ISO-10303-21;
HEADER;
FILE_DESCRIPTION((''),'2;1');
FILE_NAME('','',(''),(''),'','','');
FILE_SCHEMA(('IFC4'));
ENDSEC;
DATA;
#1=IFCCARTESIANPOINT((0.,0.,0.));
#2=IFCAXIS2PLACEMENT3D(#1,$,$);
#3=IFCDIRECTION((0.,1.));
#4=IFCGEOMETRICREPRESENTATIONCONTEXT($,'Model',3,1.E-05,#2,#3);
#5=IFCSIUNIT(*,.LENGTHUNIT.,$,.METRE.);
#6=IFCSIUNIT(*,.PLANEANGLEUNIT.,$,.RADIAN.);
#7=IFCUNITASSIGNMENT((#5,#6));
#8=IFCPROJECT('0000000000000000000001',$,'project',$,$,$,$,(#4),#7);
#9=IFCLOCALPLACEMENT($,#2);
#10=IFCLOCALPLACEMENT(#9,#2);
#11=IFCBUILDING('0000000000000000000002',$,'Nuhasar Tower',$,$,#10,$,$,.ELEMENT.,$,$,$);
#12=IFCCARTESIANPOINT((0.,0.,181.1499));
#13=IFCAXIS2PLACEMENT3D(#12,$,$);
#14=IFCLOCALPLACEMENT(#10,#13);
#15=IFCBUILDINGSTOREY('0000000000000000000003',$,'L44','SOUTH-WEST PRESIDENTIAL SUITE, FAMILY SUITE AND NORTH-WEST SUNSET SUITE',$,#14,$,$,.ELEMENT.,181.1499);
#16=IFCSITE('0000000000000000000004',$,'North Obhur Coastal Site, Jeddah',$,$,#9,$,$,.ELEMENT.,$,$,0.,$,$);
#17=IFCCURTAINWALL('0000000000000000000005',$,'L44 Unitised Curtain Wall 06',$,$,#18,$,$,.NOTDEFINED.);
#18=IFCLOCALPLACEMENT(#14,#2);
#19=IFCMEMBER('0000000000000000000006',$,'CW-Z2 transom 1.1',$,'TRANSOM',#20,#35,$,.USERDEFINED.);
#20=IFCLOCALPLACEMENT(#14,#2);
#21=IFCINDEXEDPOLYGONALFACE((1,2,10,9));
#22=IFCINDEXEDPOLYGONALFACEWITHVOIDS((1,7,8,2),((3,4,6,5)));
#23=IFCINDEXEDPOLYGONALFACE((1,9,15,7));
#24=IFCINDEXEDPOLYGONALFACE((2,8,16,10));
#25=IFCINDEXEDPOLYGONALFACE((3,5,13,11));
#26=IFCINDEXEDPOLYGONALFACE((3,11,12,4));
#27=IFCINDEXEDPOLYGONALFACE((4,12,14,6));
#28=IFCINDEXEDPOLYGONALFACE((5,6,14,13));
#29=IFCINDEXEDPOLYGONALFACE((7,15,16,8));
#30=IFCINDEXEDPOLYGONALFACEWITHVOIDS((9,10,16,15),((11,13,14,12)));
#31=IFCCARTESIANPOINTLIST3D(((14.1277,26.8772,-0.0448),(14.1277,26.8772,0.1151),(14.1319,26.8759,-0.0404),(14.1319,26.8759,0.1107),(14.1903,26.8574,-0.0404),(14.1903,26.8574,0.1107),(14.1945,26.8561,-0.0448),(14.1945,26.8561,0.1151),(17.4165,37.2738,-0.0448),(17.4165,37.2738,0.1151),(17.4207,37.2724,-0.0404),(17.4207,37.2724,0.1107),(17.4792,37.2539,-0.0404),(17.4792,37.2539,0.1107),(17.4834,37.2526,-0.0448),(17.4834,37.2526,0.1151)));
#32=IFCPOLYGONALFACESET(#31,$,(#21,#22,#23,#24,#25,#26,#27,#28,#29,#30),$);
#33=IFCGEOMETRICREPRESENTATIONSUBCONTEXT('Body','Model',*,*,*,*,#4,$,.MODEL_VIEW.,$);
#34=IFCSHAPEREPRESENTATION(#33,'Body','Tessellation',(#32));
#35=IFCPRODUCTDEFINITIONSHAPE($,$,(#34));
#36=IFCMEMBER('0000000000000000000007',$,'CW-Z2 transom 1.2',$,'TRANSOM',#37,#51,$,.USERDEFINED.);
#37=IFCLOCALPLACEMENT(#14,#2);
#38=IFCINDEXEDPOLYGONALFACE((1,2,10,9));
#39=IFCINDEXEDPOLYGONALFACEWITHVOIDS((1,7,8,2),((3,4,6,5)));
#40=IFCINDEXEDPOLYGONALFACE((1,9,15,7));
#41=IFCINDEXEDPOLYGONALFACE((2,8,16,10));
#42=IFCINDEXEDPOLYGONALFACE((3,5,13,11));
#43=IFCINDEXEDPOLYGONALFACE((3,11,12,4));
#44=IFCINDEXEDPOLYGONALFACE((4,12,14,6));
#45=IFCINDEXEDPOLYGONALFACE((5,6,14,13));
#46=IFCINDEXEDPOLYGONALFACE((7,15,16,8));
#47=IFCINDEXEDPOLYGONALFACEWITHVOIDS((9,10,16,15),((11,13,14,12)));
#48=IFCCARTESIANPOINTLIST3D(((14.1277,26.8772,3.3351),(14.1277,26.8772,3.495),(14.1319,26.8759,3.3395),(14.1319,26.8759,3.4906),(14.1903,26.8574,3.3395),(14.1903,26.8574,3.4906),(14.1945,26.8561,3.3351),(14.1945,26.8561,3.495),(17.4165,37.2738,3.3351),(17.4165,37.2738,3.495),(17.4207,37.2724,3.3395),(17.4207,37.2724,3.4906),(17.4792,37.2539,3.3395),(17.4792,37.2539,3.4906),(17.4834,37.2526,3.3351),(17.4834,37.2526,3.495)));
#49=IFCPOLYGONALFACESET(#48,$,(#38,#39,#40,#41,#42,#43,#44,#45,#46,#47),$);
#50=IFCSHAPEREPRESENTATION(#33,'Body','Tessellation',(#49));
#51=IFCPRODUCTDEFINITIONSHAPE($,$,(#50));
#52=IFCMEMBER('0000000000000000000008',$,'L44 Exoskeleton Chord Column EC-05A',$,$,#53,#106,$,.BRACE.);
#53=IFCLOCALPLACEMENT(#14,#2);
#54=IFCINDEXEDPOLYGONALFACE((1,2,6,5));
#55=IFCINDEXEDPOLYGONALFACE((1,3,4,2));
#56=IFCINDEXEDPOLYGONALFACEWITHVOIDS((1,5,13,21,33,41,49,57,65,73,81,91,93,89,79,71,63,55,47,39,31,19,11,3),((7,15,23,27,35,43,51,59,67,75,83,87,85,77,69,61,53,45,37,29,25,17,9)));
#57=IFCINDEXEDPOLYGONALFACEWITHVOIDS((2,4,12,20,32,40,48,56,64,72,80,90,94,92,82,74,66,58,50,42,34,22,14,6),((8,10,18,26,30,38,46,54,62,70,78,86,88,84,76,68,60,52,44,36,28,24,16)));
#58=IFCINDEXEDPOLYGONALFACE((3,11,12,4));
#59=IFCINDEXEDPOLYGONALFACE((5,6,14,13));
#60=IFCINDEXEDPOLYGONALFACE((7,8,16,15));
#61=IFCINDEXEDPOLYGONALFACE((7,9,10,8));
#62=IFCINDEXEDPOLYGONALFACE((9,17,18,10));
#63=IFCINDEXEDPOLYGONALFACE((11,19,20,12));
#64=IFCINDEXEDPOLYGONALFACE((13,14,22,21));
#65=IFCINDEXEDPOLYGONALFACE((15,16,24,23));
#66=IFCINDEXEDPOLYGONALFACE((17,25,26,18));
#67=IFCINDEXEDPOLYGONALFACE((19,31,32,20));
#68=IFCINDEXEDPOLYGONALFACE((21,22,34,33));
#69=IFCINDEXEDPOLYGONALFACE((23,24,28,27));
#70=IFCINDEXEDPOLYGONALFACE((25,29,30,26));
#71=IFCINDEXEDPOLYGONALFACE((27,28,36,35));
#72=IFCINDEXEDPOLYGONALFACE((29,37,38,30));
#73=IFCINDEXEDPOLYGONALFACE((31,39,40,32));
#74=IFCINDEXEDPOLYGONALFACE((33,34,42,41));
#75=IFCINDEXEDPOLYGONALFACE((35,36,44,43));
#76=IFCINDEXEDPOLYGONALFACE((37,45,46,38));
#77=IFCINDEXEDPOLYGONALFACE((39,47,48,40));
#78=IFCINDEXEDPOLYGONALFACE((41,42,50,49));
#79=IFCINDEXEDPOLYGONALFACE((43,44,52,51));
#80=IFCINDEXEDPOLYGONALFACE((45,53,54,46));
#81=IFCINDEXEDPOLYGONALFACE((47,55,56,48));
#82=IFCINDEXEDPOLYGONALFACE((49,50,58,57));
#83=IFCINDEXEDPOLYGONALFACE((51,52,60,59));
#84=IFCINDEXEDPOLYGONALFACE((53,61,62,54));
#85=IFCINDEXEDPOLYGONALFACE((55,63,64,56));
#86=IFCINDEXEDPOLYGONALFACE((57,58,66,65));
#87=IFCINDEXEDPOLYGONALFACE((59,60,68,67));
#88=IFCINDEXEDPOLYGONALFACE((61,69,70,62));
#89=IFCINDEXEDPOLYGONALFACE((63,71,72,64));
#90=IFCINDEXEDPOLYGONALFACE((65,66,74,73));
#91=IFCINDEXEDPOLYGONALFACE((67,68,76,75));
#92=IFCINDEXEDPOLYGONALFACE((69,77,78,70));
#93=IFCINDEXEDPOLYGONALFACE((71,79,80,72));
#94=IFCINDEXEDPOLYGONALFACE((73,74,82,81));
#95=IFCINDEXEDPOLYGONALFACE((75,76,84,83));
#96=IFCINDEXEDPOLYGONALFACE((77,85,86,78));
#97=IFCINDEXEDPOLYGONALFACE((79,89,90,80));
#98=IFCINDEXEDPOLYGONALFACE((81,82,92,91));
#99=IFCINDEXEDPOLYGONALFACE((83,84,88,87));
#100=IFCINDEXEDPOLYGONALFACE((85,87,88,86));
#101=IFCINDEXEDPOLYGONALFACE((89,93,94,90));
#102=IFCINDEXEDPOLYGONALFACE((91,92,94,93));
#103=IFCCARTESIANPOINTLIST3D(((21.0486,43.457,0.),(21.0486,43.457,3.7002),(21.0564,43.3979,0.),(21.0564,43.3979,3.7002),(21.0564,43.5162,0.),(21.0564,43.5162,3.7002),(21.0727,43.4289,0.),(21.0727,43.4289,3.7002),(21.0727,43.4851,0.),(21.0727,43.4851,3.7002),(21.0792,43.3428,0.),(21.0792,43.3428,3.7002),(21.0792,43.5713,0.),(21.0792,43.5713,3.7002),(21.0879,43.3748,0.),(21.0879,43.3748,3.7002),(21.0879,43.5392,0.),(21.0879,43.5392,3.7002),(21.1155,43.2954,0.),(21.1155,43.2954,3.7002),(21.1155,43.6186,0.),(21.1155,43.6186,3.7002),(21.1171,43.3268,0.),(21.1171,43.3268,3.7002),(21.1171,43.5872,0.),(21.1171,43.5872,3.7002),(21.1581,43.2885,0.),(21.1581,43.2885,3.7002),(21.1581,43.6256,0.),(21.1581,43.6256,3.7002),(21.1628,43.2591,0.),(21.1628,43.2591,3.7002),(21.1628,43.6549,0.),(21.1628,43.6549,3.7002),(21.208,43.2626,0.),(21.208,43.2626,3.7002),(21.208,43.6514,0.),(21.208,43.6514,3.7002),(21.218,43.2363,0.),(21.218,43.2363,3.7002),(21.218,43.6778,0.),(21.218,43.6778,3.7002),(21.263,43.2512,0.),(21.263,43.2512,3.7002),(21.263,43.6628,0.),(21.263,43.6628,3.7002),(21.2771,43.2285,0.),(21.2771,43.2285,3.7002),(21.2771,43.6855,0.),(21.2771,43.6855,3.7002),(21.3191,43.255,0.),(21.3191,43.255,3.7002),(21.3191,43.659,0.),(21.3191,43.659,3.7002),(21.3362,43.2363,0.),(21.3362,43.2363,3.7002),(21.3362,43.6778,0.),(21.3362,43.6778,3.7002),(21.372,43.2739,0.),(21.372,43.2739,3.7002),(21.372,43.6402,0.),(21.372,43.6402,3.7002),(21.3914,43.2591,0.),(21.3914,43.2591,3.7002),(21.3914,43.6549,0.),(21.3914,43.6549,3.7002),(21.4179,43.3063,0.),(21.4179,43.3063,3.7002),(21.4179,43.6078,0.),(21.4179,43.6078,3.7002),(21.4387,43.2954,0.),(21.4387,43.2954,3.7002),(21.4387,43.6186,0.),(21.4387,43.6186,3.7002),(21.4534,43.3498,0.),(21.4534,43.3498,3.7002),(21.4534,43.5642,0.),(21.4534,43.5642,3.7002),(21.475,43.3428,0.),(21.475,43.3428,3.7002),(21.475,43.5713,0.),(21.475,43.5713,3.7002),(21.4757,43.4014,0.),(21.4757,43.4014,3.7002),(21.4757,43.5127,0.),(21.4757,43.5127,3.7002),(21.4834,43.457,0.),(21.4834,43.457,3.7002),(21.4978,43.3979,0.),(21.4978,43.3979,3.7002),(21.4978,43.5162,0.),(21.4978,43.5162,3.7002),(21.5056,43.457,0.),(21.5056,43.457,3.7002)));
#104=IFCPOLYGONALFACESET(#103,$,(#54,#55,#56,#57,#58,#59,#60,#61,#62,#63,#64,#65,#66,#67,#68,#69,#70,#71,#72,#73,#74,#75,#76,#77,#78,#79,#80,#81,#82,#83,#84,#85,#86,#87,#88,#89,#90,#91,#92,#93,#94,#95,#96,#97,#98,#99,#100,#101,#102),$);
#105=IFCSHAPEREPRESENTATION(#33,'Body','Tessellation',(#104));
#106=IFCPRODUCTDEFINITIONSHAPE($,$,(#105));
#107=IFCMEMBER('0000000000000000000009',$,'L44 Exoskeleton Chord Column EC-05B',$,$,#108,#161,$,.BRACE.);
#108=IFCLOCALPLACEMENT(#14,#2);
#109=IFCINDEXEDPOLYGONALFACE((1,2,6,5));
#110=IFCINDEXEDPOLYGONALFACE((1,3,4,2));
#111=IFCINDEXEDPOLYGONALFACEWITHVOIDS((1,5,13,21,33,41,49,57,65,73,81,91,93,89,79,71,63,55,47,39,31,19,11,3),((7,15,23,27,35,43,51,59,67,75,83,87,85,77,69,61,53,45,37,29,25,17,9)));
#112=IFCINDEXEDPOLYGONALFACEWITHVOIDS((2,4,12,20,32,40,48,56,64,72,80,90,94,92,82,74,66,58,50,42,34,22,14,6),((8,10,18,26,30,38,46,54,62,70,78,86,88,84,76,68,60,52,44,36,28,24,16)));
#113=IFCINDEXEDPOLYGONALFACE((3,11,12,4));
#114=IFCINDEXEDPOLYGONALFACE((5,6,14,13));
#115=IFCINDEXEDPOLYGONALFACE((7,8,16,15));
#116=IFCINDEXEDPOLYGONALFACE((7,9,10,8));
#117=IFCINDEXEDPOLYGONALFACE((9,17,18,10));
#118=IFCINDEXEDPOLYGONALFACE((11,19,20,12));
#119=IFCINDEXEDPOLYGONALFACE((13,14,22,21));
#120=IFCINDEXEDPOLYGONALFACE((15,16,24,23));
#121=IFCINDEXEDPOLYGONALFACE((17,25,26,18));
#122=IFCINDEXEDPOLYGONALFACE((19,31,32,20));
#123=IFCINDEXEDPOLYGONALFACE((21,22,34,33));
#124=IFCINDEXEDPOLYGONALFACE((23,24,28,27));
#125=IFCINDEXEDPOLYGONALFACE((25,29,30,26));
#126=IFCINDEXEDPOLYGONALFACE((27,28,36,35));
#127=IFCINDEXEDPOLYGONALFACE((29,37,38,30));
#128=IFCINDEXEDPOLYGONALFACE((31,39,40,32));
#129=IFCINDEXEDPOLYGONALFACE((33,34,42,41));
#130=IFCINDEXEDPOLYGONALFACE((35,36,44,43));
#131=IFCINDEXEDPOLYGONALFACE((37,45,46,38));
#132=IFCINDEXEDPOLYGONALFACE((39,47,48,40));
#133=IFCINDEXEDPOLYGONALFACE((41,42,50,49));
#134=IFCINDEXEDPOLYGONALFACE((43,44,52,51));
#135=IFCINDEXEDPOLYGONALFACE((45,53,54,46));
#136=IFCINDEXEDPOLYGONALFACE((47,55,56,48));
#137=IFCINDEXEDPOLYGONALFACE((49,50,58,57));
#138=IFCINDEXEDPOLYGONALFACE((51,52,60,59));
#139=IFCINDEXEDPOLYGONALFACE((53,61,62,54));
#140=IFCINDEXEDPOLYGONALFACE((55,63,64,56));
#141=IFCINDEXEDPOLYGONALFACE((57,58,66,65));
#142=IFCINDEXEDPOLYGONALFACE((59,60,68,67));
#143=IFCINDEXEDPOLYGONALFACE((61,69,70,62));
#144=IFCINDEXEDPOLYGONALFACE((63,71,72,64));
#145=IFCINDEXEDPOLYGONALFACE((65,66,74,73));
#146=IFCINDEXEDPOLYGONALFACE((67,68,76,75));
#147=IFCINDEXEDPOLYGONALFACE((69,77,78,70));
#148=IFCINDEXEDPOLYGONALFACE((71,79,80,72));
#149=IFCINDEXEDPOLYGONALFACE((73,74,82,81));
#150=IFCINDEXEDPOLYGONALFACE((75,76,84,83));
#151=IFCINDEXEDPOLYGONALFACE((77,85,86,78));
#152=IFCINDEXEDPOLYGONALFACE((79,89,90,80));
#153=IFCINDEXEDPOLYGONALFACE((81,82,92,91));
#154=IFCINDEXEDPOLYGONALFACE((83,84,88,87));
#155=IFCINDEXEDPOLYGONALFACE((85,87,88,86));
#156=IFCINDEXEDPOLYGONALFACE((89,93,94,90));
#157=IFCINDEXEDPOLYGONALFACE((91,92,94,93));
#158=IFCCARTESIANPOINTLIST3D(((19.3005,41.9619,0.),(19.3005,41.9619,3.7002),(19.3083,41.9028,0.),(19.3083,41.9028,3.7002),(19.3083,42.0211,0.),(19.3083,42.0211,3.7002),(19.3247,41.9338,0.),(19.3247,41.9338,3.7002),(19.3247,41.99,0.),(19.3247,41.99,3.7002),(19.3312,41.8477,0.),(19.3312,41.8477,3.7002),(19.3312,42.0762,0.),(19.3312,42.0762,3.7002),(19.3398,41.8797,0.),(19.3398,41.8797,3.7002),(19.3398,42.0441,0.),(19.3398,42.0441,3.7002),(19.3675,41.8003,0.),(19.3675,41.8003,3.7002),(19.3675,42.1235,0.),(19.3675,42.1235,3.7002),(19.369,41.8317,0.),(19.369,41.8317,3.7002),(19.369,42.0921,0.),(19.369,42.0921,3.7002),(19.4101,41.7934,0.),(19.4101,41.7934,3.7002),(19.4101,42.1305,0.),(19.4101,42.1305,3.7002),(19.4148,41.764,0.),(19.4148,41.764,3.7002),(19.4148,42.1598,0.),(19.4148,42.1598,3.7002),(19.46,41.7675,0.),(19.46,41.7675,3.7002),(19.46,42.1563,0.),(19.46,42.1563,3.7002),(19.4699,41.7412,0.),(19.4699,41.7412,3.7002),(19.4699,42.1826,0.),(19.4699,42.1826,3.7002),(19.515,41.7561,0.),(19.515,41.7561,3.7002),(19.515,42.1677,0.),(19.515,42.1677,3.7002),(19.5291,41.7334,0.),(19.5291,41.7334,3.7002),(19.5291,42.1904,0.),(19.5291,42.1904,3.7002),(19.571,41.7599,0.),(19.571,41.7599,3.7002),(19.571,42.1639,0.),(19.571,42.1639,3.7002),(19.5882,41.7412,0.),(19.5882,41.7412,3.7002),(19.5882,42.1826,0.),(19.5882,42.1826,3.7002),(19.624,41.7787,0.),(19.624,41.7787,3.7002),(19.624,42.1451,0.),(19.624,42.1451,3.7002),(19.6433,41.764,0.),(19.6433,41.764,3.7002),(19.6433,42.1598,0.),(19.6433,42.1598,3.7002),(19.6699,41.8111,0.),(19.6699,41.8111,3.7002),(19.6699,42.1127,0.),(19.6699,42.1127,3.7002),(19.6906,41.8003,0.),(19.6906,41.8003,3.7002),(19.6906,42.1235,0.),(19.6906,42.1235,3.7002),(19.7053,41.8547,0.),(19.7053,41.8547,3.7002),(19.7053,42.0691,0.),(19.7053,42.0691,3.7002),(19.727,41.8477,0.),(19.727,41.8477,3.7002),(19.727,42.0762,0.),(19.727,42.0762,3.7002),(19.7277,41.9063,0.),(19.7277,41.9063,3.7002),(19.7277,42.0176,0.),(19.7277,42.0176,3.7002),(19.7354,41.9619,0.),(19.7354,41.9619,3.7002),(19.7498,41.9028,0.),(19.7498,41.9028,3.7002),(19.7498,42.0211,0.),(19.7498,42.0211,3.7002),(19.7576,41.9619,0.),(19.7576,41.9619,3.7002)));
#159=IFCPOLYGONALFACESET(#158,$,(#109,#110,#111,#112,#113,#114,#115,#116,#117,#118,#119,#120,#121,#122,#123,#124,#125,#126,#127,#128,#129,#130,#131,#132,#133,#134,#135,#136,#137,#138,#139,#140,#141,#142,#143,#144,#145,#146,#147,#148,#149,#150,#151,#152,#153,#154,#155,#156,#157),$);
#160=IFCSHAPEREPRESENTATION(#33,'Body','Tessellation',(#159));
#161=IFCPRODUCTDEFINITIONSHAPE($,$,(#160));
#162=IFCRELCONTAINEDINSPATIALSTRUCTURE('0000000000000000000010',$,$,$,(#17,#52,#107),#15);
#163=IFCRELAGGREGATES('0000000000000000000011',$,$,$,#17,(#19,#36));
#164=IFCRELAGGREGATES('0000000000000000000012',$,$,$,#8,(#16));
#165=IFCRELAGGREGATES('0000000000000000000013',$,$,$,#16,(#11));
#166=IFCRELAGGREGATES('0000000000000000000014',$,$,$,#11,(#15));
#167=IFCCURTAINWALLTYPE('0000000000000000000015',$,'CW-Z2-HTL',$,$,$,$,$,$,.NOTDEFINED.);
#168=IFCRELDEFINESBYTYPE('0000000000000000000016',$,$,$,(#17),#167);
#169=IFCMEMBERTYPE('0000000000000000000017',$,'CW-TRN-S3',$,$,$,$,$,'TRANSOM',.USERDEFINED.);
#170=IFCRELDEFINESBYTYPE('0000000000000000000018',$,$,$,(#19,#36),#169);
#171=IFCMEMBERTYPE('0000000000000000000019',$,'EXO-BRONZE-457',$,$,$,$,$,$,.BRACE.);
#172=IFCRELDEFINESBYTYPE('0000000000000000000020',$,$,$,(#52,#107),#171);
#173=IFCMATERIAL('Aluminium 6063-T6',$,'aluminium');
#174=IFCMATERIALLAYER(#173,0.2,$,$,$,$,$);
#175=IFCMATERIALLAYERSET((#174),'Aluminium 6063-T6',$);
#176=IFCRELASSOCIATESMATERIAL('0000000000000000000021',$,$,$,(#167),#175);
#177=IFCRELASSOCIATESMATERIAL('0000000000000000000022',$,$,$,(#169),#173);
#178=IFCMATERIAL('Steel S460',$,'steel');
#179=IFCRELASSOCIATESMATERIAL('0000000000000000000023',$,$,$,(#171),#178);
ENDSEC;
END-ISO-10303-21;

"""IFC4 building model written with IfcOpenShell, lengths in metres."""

from ifc_helpers import new_model, si_unit, direction, frame, origin, origin_2d, place, context, subcontext, project, spatial, hollow_rectangle, hollow_circle, extrude, material, layer, layer_set, material_profile, profile_set, type_object, element, aggregate, save


model = new_model("IFC4")

# Units and contexts
model_context = context("Model", 3, precision=1e-05, world=origin(), true_north=direction((0.0, 1.0)))
body_context = subcontext(model_context, "Body", "Model", "MODEL_VIEW")
ifc_project = project(units=[si_unit("LENGTHUNIT", "METRE"), si_unit("PLANEANGLEUNIT", "RADIAN")], contexts=[model_context])

# Site, building, storey
site_placement = place(None, origin())
site = spatial("IfcSite", under=ifc_project, at=site_placement, Name="North Obhur Coastal Site, Jeddah", CompositionType="ELEMENT", RefElevation=0.0)
building_placement = place(site_placement, origin())
building = spatial("IfcBuilding", under=site, at=building_placement, Name="Nuhasar Tower", CompositionType="ELEMENT")
storey_placement = place(building_placement, frame((0.0, 0.0, 181.1499)))
storey = spatial("IfcBuildingStorey", under=building, at=storey_placement, Name="L44", Description="SOUTH-WEST PRESIDENTIAL SUITE, FAMILY SUITE AND NORTH-WEST SUNSET SUITE", CompositionType="ELEMENT", Elevation=181.1499)

# Shared definitions
ifc_material_1 = material(Name="Aluminium 6063-T6", Category="aluminium")
ifc_layer_1 = layer(ifc_material_1, 0.2)
ifc_layer_set_1 = layer_set([ifc_layer_1], Name="Aluminium 6063-T6")
curtain_wall_type = type_object("IfcCurtainWallType", Name="CW-Z2-HTL", PredefinedType="NOTDEFINED", material=ifc_layer_set_1)

# Curtain wall
curtain_wall_1_placement = place(storey_placement, origin())
curtain_wall_1 = element("IfcCurtainWall", 1, at=curtain_wall_1_placement, inside=storey, type_object=curtain_wall_type, Name="L44 Unitised Curtain Wall 06", PredefinedType="NOTDEFINED")

# Members
ifc_material_profile_1 = material_profile(ifc_material_1, hollow_rectangle(XDim=0.0701, YDim=0.1599, WallThickness=0.0044, at=origin_2d()), Name="CWT-3")
ifc_profile_set_1 = profile_set([ifc_material_profile_1], Name="Aluminium 6063-T6")
member_type_1 = type_object("IfcMemberType", Name="CW-TRN-S3", ElementType="TRANSOM", PredefinedType="USERDEFINED", material=ifc_profile_set_1)
member_1_placement = place(storey_placement, frame((17.45, 37.2632, 0.0352), z_axis=(-0.301608, -0.953432, 0.0), x_axis=(0.953432, -0.301608, 0.0)))
member_1 = element("IfcMember", 2, at=member_1_placement, type_object=member_type_1, Name="CW-Z2 transom 1.1", ObjectType="TRANSOM", PredefinedType="USERDEFINED", context=body_context, shape_type="SweptSolid", body=[
    extrude(hollow_rectangle(XDim=0.0701, YDim=0.1599, WallThickness=0.0044, at=origin_2d()), origin(), (0.0, 0.0, 1.0), 10.9043),
])
member_2_placement = place(storey_placement, frame((17.45, 37.2632, 3.415), z_axis=(-0.301608, -0.953432, 0.0), x_axis=(0.953432, -0.301608, 0.0)))
member_2 = element("IfcMember", 3, at=member_2_placement, type_object=member_type_1, Name="CW-Z2 transom 1.2", ObjectType="TRANSOM", PredefinedType="USERDEFINED", context=body_context, shape_type="SweptSolid", body=[
    extrude(hollow_rectangle(XDim=0.0701, YDim=0.1599, WallThickness=0.0044, at=origin_2d()), origin(), (0.0, 0.0, 1.0), 10.9043),
])
aggregate(curtain_wall_1, [member_1, member_2])

# Members
ifc_material_2 = material(Name="Steel S460", Category="steel")
ifc_material_profile_2 = material_profile(ifc_material_2, hollow_circle(Radius=0.2285, WallThickness=0.0222, at=origin_2d()), Name="HSS457X22.2")
ifc_profile_set_2 = profile_set([ifc_material_profile_2], Name="Steel S460")
member_type_2 = type_object("IfcMemberType", Name="EXO-BRONZE-457", PredefinedType="BRACE", material=ifc_profile_set_2)
for number, where, z_axis, x_axis, name in (
    (4, (21.2771, 43.457, 0.0), (0.0, 0.0, 1.0), (1.0, 0.0, 0.0), "L44 Exoskeleton Chord Column EC-05A"),
    (5, (19.5291, 41.9619, 0.0), (0.0, 0.0, 1.0), (1.0, 0.0, 0.0), "L44 Exoskeleton Chord Column EC-05B"),
):
    element("IfcMember", number, at=place(storey_placement, frame(where, z_axis=z_axis, x_axis=x_axis)), inside=storey, type_object=member_type_2, Name=name, PredefinedType="BRACE", context=body_context, shape_type="SweptSolid", body=[
        extrude(hollow_circle(Radius=0.2285, WallThickness=0.0222, at=origin_2d()), origin(), (0.0, 0.0, 1.0), 3.7002),
    ])

save(model, "model.ifc")
